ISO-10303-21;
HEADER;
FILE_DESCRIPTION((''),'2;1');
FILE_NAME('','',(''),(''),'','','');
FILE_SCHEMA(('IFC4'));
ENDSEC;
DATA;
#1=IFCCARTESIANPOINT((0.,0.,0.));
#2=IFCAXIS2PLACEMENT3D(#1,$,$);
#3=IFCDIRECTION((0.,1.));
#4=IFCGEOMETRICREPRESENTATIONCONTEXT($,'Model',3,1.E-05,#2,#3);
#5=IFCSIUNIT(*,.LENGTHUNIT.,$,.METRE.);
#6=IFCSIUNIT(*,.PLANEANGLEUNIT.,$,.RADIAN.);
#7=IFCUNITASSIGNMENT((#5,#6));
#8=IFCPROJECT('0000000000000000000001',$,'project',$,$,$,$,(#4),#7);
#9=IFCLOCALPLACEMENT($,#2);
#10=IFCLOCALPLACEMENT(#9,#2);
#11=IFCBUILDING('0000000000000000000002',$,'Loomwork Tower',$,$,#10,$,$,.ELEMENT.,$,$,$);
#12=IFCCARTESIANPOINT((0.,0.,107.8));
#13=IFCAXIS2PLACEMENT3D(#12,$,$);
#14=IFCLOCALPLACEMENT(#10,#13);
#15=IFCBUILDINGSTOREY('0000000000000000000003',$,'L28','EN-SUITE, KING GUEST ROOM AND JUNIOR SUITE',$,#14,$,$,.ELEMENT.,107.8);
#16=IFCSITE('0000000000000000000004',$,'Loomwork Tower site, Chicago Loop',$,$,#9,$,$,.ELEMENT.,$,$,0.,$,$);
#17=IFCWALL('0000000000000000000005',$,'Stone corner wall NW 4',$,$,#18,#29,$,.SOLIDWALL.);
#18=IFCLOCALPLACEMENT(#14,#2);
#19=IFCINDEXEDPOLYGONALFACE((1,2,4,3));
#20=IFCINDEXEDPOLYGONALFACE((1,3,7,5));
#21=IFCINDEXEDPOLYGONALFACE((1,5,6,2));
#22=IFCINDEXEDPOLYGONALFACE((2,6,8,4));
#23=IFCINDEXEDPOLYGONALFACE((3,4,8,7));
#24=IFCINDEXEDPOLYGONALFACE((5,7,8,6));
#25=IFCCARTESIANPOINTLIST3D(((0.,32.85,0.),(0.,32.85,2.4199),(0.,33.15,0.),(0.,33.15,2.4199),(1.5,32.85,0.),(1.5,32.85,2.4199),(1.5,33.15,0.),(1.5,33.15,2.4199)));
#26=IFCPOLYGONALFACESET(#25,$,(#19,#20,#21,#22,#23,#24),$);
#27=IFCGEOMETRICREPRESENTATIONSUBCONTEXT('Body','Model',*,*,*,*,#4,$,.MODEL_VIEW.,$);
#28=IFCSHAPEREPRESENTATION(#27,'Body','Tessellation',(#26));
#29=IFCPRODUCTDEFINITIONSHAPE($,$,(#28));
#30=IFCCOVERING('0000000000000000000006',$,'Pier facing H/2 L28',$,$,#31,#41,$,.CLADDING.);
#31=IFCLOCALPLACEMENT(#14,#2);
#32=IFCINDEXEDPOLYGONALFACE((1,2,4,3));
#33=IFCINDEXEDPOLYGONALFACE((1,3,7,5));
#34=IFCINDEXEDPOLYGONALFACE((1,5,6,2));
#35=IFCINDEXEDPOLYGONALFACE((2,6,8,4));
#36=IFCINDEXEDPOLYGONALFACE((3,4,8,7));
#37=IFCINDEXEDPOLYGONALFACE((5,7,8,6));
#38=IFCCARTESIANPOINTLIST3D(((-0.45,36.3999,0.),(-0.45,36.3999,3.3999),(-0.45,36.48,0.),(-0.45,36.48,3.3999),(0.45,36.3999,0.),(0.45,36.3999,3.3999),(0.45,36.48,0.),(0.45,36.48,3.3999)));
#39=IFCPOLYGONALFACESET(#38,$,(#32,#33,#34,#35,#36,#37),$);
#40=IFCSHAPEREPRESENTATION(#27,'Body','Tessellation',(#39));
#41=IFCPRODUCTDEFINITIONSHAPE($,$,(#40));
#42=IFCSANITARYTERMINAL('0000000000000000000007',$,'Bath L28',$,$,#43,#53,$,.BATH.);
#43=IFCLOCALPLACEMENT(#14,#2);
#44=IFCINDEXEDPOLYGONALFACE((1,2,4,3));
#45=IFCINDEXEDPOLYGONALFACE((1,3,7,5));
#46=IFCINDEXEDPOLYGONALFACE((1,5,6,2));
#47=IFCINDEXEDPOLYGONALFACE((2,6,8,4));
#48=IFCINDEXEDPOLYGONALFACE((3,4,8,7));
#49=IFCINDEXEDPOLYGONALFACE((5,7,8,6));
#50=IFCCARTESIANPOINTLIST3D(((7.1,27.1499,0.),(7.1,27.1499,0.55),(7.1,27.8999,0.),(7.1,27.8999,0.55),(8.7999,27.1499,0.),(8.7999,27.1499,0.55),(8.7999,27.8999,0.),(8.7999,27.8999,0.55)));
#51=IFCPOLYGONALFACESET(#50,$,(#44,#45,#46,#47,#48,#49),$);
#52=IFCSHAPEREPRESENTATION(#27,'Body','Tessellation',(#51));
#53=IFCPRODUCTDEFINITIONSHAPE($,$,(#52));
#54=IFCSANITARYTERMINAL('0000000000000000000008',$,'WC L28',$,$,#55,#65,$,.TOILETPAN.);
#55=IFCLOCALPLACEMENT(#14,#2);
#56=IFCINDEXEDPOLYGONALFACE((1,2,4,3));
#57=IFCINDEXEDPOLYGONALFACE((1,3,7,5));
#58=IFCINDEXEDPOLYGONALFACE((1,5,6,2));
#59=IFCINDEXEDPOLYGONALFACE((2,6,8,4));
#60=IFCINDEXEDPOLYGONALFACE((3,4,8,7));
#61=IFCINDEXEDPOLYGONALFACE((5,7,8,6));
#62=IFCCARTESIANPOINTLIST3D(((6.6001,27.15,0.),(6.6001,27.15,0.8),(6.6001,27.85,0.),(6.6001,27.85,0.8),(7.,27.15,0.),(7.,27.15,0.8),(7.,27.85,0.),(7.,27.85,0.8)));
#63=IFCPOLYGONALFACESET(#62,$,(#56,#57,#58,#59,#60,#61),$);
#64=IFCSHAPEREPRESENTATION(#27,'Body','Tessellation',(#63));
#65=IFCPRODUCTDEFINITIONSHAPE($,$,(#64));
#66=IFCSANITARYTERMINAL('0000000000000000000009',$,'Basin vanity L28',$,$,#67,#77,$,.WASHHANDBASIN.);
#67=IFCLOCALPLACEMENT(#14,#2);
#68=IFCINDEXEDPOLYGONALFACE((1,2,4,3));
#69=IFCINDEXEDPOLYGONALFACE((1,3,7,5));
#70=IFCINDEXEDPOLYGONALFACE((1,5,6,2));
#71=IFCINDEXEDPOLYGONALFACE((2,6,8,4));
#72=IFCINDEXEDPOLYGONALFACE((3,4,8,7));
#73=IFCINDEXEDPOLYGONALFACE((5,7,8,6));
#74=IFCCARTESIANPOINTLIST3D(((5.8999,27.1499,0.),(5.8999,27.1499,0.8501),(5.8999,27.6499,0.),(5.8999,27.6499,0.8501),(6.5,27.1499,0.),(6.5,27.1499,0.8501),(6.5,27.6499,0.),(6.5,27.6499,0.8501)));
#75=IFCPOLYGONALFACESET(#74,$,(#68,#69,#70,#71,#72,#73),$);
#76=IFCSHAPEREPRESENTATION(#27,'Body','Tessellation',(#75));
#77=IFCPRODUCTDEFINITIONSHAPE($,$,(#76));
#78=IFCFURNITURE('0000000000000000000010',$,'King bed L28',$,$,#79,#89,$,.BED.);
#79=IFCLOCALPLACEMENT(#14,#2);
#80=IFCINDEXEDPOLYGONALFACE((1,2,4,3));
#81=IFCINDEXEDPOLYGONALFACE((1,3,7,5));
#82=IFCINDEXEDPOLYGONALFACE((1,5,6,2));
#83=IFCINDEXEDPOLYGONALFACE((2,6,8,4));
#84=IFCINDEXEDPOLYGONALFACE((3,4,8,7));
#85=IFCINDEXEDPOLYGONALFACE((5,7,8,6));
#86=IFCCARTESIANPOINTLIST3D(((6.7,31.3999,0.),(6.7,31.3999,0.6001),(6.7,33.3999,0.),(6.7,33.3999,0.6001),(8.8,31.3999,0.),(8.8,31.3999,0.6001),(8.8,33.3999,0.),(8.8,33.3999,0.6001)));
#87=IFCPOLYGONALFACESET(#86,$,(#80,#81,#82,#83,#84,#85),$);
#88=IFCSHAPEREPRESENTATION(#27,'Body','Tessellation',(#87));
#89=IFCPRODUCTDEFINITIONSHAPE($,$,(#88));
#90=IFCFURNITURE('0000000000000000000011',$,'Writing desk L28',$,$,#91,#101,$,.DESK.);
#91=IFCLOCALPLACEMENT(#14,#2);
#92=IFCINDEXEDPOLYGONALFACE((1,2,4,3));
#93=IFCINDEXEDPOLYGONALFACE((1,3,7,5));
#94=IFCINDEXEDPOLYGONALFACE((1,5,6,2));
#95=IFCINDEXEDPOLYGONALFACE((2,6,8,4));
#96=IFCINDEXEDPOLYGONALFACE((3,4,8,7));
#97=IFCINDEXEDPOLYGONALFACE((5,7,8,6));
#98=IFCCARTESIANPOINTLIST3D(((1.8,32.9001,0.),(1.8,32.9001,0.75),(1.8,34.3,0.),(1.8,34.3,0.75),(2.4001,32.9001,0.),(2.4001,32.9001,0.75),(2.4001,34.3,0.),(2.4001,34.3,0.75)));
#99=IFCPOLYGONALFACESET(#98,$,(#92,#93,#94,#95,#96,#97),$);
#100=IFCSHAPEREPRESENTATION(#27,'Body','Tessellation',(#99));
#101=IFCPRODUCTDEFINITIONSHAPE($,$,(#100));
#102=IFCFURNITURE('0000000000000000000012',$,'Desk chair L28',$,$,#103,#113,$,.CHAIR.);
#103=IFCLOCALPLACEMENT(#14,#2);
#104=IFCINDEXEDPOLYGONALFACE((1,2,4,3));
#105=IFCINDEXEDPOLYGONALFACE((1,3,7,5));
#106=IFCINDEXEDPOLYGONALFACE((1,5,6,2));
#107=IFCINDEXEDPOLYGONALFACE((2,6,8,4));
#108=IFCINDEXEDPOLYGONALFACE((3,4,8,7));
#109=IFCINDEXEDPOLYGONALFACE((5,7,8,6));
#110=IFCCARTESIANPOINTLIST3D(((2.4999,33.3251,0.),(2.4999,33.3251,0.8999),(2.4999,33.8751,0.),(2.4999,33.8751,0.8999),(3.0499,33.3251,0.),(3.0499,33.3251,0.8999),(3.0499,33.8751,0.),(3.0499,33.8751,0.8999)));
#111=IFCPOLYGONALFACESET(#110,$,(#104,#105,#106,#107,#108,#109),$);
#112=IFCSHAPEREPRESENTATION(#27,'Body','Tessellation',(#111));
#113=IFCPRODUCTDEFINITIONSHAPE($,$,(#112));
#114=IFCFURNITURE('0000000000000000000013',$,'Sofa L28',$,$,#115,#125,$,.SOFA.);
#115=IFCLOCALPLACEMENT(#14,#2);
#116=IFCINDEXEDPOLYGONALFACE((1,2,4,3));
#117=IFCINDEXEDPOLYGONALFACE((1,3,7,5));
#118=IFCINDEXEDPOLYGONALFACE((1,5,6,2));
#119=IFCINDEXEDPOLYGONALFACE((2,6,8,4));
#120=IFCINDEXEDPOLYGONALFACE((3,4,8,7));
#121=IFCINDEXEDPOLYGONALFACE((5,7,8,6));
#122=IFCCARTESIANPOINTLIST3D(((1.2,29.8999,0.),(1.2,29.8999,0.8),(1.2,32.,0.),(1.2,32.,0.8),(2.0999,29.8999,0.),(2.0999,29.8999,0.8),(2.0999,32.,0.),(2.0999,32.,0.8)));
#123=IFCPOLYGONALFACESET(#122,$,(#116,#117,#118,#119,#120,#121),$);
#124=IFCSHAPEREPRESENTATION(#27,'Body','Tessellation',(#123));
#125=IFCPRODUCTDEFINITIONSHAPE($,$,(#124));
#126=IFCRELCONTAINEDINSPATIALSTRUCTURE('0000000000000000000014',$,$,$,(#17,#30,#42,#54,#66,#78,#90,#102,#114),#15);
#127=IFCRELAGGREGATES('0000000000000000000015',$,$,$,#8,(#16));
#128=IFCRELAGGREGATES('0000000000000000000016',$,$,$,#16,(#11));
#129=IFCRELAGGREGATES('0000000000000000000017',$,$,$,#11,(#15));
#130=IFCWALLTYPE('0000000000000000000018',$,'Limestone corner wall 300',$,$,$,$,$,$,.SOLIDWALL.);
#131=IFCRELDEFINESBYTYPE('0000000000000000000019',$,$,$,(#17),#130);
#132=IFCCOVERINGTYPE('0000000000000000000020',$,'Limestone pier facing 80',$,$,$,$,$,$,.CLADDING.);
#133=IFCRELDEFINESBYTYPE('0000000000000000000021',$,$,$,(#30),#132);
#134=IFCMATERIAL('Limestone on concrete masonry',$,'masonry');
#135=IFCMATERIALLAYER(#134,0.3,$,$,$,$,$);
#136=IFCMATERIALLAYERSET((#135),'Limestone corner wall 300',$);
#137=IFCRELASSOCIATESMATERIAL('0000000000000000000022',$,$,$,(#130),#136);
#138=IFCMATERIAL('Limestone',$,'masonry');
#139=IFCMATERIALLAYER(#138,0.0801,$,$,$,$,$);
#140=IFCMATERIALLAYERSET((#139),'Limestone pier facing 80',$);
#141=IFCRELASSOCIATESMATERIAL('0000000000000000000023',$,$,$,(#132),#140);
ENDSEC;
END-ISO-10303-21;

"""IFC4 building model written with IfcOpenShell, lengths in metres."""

from ifc_helpers import new_model, si_unit, direction, frame, frame_2d, origin, origin_2d, place, context, subcontext, project, spatial, rectangle, extrude, material, layer, layer_set, type_object, element, save


model = new_model("IFC4")

# Units and contexts
model_context = context("Model", 3, precision=1e-05, world=origin(), true_north=direction((0.0, 1.0)))
body_context = subcontext(model_context, "Body", "Model", "MODEL_VIEW")
ifc_project = project(units=[si_unit("LENGTHUNIT", "METRE"), si_unit("PLANEANGLEUNIT", "RADIAN")], contexts=[model_context])

# Site, building, storey
site_placement = place(None, origin())
site = spatial("IfcSite", under=ifc_project, at=site_placement, Name="Loomwork Tower site, Chicago Loop", CompositionType="ELEMENT", RefElevation=0.0)
building_placement = place(site_placement, origin())
building = spatial("IfcBuilding", under=site, at=building_placement, Name="Loomwork Tower", CompositionType="ELEMENT")
storey_placement = place(building_placement, frame((0.0, 0.0, 107.8)))
storey = spatial("IfcBuildingStorey", under=building, at=storey_placement, Name="L28", Description="EN-SUITE, KING GUEST ROOM AND JUNIOR SUITE", CompositionType="ELEMENT", Elevation=107.8)

# Shared definitions
ifc_material_1 = material(Name="Limestone on concrete masonry", Category="masonry")
ifc_layer_1 = layer(ifc_material_1, 0.3)
ifc_layer_set_1 = layer_set([ifc_layer_1], Name="Limestone corner wall 300")
wall_type_1 = type_object("IfcWallType", Name="Limestone corner wall 300", PredefinedType="SOLIDWALL", material=ifc_layer_set_1)

# Wall
wall_1_placement = place(storey_placement, frame((1.5, 33.0, 0.0), z_axis=(0.0, 0.0, 1.0), x_axis=(-1.0, 0.0, 0.0)))
element("IfcWall", 1, at=wall_1_placement, inside=storey, type_object=wall_type_1, Name="Stone corner wall NW 4", PredefinedType="SOLIDWALL", context=body_context, shape_type="SweptSolid", body=[
    extrude(rectangle(XDim=1.5, YDim=0.3, at=frame_2d((0.75, 0.0))), origin(), (0.0, 0.0, 1.0), 2.4199),
])

# Covering
ifc_material_2 = material(Name="Limestone", Category="masonry")
ifc_layer_2 = layer(ifc_material_2, 0.0801)
ifc_layer_set_2 = layer_set([ifc_layer_2], Name="Limestone pier facing 80")
covering_type = type_object("IfcCoveringType", Name="Limestone pier facing 80", PredefinedType="CLADDING", material=ifc_layer_set_2)
covering_placement = place(storey_placement, frame((0.0, 36.4399, 0.0), z_axis=(0.0, 0.0, 1.0), x_axis=(1.0, 0.0, 0.0)))
element("IfcCovering", 2, at=covering_placement, inside=storey, type_object=covering_type, Name="Pier facing H/2 L28", PredefinedType="CLADDING", context=body_context, shape_type="SweptSolid", body=[
    extrude(rectangle(XDim=0.8999, YDim=0.0801, at=origin_2d()), origin(), (0.0, 0.0, 1.0), 3.3999),
])

# Sanitary terminals
sanitary_terminal_1_placement = place(storey_placement, frame((7.95, 27.5249, 0.0), z_axis=(0.0, 0.0, 1.0), x_axis=(1.0, 0.0, 0.0)))
element("IfcSanitaryTerminal", 3, at=sanitary_terminal_1_placement, inside=storey, Name="Bath L28", PredefinedType="BATH", context=body_context, shape_type="SweptSolid", body=[
    extrude(rectangle(XDim=1.7, YDim=0.75, at=origin_2d()), origin(), (0.0, 0.0, 1.0), 0.55),
])
sanitary_terminal_2_placement = place(storey_placement, frame((6.8, 27.5, 0.0), z_axis=(0.0, 0.0, 1.0), x_axis=(1.0, 0.0, 0.0)))
element("IfcSanitaryTerminal", 4, at=sanitary_terminal_2_placement, inside=storey, Name="WC L28", PredefinedType="TOILETPAN", context=body_context, shape_type="SweptSolid", body=[
    extrude(rectangle(XDim=0.3999, YDim=0.7, at=origin_2d()), origin(), (0.0, 0.0, 1.0), 0.8),
])
sanitary_terminal_3_placement = place(storey_placement, frame((6.2, 27.3999, 0.0), z_axis=(0.0, 0.0, 1.0), x_axis=(1.0, 0.0, 0.0)))
element("IfcSanitaryTerminal", 5, at=sanitary_terminal_3_placement, inside=storey, Name="Basin vanity L28", PredefinedType="WASHHANDBASIN", context=body_context, shape_type="SweptSolid", body=[
    extrude(rectangle(XDim=0.6001, YDim=0.5, at=origin_2d()), origin(), (0.0, 0.0, 1.0), 0.8501),
])

# Furniture
furniture_1_placement = place(storey_placement, frame((7.75, 32.3999, 0.0), z_axis=(0.0, 0.0, 1.0), x_axis=(1.0, 0.0, 0.0)))
element("IfcFurniture", 6, at=furniture_1_placement, inside=storey, Name="King bed L28", PredefinedType="BED", context=body_context, shape_type="SweptSolid", body=[
    extrude(rectangle(XDim=2.1001, YDim=2.0, at=origin_2d()), origin(), (0.0, 0.0, 1.0), 0.6001),
])
furniture_2_placement = place(storey_placement, frame((2.1001, 33.6001, 0.0), z_axis=(0.0, 0.0, 1.0), x_axis=(1.0, 0.0, 0.0)))
element("IfcFurniture", 7, at=furniture_2_placement, inside=storey, Name="Writing desk L28", PredefinedType="DESK", context=body_context, shape_type="SweptSolid", body=[
    extrude(rectangle(XDim=0.6001, YDim=1.3999, at=origin_2d()), origin(), (0.0, 0.0, 1.0), 0.75),
])
furniture_3_placement = place(storey_placement, frame((2.7749, 33.6001, 0.0), z_axis=(0.0, 0.0, 1.0), x_axis=(1.0, 0.0, 0.0)))
element("IfcFurniture", 8, at=furniture_3_placement, inside=storey, Name="Desk chair L28", PredefinedType="CHAIR", context=body_context, shape_type="SweptSolid", body=[
    extrude(rectangle(XDim=0.55, YDim=0.55, at=origin_2d()), origin(), (0.0, 0.0, 1.0), 0.8999),
])
furniture_4_placement = place(storey_placement, frame((1.6499, 30.95, 0.0), z_axis=(0.0, 0.0, 1.0), x_axis=(1.0, 0.0, 0.0)))
element("IfcFurniture", 9, at=furniture_4_placement, inside=storey, Name="Sofa L28", PredefinedType="SOFA", context=body_context, shape_type="SweptSolid", body=[
    extrude(rectangle(XDim=0.8999, YDim=2.1001, at=origin_2d()), origin(), (0.0, 0.0, 1.0), 0.8),
])

save(model, "model.ifc")
